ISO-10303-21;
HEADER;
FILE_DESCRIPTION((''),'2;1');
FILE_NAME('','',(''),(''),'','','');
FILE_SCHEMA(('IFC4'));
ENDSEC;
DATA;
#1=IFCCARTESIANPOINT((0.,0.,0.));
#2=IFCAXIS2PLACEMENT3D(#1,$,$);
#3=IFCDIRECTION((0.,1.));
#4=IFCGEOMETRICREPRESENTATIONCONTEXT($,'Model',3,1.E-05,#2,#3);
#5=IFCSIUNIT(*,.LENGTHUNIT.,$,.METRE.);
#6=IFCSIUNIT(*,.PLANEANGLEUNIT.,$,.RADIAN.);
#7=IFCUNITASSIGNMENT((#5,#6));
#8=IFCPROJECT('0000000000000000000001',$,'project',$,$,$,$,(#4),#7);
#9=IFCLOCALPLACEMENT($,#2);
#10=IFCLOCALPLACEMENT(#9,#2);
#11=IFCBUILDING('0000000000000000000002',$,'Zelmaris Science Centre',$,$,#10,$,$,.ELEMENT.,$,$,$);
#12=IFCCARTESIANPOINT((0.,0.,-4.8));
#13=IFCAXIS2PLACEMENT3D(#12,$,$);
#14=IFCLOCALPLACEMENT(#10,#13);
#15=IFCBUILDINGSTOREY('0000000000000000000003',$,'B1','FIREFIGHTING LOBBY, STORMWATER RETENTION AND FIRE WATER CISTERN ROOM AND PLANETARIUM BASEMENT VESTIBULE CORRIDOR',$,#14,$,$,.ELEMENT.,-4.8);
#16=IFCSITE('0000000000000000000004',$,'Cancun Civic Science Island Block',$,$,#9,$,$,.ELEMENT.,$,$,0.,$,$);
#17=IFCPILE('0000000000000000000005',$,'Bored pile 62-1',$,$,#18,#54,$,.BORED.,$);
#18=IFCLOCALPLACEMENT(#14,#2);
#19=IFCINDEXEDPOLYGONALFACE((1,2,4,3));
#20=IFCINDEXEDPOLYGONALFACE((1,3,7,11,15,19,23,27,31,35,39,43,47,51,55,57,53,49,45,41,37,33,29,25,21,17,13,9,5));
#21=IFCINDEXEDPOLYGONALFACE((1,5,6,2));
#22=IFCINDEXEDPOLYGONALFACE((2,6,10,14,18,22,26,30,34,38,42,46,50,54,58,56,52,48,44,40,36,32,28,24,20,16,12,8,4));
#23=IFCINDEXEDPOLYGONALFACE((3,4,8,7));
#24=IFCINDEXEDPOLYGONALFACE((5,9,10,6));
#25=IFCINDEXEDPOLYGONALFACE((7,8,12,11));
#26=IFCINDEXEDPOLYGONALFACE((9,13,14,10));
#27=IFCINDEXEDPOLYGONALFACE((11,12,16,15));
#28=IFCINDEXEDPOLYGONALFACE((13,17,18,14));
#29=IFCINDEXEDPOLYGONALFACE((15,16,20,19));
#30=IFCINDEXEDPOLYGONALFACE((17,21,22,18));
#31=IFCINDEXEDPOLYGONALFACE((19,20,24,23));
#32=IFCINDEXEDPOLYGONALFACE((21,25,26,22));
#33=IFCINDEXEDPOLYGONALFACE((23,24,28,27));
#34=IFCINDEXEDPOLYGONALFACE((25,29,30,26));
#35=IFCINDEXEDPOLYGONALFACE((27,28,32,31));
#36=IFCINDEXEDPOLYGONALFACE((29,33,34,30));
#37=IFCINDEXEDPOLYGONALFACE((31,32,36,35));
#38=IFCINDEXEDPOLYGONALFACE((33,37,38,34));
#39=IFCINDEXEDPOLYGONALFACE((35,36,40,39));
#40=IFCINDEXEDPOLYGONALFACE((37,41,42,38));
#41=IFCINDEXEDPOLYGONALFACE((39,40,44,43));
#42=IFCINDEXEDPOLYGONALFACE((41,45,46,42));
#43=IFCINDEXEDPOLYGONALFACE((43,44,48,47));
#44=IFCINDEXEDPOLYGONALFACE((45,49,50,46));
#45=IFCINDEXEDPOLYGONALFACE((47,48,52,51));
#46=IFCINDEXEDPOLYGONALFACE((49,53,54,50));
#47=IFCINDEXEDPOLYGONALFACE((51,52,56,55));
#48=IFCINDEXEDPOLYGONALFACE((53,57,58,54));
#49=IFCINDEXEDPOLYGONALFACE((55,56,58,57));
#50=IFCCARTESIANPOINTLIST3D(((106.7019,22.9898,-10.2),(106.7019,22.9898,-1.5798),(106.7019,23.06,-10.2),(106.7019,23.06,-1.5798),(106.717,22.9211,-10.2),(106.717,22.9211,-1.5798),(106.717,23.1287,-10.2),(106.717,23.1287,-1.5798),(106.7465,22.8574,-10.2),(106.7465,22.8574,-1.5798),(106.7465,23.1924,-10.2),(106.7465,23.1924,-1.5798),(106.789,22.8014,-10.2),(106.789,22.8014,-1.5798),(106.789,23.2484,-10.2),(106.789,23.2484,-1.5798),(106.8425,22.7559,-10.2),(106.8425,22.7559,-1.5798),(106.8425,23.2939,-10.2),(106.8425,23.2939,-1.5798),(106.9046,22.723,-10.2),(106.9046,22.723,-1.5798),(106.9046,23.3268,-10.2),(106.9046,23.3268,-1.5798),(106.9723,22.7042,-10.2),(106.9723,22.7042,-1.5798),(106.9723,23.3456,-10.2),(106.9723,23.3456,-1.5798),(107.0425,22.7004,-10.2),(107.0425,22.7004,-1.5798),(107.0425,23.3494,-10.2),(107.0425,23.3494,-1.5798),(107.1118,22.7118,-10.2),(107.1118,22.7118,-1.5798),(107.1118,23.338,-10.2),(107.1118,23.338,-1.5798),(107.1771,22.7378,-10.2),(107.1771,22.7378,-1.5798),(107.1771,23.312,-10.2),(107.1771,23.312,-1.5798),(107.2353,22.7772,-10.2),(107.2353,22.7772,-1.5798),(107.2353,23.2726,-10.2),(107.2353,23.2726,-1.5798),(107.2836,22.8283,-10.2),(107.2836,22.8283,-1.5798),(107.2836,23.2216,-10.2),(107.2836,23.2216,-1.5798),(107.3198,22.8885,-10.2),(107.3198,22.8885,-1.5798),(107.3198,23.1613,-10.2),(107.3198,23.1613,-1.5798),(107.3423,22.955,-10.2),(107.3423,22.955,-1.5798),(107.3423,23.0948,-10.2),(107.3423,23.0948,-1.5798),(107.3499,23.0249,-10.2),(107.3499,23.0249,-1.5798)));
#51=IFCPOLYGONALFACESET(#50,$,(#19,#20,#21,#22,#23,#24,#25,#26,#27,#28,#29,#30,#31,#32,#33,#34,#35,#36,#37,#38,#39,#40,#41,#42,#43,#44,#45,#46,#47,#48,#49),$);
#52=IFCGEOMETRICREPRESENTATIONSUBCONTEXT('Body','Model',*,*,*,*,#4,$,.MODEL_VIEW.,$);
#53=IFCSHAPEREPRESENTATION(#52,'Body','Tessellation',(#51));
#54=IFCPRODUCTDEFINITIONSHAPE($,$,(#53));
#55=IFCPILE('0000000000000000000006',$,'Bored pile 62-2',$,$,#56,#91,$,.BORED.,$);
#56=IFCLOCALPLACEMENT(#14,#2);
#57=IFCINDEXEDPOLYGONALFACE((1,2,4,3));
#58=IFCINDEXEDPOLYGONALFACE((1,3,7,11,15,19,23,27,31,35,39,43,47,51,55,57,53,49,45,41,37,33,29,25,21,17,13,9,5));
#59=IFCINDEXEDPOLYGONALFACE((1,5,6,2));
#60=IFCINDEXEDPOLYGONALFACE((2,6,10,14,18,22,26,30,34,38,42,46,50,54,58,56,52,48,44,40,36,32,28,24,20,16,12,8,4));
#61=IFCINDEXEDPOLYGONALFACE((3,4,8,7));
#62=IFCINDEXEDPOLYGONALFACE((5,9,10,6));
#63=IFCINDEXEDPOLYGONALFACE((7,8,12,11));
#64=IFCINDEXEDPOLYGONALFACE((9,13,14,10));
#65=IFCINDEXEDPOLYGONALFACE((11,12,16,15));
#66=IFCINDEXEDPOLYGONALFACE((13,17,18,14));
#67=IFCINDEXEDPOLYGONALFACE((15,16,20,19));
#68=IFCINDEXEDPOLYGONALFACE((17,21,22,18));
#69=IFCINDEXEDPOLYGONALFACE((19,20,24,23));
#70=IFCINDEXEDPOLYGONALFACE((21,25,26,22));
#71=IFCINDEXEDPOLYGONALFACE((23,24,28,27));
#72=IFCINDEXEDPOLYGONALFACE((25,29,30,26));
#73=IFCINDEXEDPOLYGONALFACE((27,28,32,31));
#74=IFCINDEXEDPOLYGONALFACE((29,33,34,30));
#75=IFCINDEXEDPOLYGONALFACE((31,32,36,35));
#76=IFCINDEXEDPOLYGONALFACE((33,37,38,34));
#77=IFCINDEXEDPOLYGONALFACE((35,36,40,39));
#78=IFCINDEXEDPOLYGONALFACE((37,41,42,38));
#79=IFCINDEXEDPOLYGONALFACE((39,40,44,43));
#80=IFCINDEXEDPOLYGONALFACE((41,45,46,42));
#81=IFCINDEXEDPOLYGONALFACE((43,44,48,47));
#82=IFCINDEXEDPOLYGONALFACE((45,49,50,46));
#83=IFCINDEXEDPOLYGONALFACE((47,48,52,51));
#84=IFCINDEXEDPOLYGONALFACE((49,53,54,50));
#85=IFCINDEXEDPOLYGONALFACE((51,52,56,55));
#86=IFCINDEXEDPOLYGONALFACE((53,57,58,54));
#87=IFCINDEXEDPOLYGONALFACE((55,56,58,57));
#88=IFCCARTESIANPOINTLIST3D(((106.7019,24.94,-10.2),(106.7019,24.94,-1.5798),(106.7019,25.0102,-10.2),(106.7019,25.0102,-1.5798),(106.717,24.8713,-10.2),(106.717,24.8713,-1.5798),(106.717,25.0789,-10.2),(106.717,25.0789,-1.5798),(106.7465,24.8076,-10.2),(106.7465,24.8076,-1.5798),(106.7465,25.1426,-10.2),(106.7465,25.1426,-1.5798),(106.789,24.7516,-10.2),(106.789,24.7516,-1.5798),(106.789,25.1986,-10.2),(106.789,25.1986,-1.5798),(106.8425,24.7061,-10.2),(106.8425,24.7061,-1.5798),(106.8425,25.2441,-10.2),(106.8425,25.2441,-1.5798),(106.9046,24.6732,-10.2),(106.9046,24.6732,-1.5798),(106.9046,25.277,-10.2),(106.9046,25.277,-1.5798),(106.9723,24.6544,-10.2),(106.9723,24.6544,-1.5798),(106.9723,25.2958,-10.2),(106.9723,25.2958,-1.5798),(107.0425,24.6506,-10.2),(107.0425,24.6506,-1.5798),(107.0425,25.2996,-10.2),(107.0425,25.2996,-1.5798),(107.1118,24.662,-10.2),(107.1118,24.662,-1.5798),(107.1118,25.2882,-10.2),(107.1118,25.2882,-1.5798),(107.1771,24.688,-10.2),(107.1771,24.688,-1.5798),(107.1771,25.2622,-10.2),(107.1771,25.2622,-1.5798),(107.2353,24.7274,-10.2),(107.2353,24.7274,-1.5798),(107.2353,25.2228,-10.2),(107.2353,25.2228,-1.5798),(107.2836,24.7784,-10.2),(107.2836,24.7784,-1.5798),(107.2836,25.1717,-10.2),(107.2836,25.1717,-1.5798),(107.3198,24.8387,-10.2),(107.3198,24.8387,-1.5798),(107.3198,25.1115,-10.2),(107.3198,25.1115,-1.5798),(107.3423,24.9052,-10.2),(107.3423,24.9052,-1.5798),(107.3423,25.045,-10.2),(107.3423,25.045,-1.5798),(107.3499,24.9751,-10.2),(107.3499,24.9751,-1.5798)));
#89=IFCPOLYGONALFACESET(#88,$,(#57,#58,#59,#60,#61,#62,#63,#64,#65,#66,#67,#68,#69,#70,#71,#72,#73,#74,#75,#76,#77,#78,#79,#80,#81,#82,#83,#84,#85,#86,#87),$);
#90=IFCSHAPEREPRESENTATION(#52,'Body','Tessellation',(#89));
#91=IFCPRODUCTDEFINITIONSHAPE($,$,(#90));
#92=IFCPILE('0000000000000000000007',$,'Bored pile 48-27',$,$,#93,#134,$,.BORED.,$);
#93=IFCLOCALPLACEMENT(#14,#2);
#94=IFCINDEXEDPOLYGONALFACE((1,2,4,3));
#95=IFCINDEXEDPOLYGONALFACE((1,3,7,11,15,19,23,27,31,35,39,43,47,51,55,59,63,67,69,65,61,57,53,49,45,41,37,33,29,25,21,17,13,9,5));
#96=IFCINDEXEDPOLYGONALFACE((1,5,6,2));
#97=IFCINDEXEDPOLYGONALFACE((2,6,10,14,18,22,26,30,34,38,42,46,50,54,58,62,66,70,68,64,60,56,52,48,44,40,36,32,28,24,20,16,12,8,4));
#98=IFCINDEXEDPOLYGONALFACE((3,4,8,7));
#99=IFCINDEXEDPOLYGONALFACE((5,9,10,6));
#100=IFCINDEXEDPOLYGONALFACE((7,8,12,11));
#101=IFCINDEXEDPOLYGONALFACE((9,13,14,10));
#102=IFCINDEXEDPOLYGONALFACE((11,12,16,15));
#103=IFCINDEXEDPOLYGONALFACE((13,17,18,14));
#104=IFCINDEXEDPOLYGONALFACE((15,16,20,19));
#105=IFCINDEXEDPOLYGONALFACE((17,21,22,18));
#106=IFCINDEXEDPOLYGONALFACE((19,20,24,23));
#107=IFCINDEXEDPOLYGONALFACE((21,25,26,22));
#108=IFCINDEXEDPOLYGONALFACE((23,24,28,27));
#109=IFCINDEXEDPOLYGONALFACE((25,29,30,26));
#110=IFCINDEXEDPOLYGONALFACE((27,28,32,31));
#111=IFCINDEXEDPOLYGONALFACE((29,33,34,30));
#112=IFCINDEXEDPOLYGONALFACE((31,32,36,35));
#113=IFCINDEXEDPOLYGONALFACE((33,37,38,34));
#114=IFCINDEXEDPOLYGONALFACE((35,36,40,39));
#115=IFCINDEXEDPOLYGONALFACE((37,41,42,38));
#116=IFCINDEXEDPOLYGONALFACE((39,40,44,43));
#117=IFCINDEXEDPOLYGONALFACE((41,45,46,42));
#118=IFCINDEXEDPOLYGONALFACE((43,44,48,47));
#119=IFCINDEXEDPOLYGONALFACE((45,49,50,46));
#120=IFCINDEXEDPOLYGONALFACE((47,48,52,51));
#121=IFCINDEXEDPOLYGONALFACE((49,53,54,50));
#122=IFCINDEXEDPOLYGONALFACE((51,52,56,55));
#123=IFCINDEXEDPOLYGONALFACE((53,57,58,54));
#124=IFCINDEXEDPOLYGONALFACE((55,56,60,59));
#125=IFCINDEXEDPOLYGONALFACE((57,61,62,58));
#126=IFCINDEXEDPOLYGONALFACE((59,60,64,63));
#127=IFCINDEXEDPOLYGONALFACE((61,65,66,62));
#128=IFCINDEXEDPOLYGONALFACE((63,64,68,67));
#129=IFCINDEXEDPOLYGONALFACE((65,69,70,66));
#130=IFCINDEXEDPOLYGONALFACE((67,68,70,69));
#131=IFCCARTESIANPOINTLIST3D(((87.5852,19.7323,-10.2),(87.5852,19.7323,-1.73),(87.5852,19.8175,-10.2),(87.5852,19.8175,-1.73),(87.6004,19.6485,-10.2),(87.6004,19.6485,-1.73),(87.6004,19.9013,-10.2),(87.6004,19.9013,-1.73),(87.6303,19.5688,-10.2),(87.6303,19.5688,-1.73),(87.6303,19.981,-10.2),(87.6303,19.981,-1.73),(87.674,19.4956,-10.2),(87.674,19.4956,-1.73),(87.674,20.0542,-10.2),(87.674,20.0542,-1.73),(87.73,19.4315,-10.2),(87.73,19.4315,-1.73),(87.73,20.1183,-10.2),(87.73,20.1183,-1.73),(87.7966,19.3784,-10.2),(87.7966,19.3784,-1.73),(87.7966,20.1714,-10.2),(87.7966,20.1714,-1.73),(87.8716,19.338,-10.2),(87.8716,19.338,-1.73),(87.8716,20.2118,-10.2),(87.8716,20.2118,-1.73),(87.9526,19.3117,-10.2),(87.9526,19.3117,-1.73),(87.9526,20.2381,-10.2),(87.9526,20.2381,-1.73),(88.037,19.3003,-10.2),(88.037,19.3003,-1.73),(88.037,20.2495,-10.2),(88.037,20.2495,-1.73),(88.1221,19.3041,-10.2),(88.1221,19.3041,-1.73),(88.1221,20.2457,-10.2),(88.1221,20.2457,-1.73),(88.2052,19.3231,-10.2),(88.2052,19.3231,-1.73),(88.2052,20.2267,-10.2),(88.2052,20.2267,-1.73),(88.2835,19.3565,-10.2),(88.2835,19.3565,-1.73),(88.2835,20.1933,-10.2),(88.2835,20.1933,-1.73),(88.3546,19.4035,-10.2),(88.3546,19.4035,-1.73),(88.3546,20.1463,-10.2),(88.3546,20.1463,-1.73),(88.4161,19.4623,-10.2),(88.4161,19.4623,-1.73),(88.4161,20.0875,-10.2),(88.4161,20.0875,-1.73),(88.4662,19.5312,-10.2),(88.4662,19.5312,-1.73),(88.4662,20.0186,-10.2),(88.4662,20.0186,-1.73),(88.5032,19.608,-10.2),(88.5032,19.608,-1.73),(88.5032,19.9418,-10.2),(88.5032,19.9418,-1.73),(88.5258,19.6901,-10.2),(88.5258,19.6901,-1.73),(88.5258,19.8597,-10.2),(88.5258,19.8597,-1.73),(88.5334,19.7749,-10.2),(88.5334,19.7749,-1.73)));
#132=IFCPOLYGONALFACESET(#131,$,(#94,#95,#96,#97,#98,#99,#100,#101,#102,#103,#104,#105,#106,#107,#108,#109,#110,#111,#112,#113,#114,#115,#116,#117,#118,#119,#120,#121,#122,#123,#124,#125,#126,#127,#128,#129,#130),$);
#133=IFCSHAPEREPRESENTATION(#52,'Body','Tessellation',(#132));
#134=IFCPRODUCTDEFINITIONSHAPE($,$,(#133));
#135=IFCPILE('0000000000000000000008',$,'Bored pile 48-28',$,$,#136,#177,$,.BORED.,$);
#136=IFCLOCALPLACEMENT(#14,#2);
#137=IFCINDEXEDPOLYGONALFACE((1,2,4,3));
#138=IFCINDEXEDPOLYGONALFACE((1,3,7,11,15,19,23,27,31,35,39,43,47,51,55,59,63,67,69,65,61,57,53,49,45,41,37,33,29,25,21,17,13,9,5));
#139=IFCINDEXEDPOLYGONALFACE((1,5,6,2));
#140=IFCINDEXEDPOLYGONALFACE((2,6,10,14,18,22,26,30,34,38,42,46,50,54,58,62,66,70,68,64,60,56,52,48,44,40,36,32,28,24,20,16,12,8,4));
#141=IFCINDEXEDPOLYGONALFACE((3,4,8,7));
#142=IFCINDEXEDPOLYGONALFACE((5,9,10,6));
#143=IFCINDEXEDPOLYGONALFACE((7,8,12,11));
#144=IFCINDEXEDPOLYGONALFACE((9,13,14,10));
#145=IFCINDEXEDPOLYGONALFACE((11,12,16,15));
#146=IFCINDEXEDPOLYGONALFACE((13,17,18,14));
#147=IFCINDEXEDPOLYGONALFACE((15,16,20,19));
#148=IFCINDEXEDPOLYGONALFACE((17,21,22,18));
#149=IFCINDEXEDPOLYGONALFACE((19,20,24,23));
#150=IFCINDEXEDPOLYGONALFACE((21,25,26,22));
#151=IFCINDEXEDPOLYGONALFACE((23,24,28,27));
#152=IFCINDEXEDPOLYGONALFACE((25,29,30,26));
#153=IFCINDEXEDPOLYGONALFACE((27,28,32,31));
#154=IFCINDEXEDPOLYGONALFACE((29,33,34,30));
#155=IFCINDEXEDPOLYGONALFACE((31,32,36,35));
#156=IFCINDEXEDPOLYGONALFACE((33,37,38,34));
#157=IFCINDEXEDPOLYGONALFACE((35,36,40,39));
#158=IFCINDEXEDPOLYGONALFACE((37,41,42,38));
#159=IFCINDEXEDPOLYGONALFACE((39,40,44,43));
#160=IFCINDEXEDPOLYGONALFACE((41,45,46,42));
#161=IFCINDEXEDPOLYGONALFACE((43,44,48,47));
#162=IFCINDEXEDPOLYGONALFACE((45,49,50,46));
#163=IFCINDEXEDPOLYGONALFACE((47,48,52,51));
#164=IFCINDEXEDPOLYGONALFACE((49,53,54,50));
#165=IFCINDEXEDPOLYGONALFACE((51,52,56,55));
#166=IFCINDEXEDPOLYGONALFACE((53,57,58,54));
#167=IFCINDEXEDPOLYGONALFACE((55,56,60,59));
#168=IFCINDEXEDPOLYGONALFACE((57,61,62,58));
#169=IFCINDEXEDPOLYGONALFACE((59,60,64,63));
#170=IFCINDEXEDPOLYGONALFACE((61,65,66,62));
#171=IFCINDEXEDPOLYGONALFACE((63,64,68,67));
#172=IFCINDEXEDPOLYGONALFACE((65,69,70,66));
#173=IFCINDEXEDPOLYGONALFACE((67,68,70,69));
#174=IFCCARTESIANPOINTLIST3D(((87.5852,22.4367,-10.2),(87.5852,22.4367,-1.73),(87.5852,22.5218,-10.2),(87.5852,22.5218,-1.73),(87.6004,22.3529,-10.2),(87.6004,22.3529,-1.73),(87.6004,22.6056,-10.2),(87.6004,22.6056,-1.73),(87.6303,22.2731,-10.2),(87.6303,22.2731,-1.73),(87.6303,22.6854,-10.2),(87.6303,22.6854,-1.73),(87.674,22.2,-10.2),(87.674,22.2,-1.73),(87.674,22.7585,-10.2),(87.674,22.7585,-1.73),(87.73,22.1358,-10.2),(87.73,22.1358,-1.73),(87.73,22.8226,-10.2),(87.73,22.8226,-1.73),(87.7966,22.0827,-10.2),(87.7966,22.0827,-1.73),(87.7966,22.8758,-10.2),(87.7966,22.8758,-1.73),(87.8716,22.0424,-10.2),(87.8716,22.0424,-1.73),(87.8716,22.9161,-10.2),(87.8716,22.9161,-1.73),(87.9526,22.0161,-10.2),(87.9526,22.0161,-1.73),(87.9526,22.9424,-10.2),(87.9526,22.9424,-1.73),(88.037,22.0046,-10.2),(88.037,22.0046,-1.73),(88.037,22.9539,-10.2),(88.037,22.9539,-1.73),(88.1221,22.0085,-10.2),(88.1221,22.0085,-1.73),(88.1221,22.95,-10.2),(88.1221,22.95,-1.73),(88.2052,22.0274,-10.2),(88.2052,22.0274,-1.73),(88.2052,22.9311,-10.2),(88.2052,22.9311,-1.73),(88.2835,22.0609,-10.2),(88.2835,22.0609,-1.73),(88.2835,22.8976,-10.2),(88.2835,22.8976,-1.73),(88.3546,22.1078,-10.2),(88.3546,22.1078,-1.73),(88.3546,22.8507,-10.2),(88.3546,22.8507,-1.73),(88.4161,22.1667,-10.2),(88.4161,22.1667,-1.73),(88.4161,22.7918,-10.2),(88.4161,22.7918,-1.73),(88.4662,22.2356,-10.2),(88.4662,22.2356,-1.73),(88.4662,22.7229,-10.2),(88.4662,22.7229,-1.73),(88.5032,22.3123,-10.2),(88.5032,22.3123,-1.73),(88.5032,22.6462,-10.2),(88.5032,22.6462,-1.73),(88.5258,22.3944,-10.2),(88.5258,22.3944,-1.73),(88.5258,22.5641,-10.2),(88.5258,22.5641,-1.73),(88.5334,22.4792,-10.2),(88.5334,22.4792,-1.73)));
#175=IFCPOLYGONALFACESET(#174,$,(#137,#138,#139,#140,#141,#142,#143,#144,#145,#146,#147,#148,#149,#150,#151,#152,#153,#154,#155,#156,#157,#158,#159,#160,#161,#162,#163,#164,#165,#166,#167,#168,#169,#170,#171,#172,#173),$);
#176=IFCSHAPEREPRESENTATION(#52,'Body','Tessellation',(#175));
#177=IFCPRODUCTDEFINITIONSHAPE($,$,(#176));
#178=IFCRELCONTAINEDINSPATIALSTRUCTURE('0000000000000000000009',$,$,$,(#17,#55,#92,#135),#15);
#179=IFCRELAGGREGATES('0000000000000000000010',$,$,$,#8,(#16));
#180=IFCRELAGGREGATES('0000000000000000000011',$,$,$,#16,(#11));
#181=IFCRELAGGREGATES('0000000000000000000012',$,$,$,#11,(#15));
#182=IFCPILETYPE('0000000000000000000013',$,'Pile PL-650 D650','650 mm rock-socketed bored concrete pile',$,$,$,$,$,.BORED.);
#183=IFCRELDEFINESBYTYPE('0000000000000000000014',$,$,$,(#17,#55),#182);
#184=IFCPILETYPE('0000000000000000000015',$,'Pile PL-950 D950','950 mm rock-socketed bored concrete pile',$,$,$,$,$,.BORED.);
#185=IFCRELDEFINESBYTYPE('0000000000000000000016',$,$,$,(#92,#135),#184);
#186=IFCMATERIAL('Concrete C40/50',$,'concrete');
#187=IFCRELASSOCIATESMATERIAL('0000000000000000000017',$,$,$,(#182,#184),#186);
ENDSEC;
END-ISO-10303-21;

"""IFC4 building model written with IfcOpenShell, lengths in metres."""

from ifc_helpers import new_model, si_unit, direction, frame, origin, origin_2d, place, context, subcontext, project, spatial, circle, extrude, material, material_profile, profile_set, type_object, element, save


model = new_model("IFC4")

# Units and contexts
model_context = context("Model", 3, precision=1e-05, world=origin(), true_north=direction((0.0, 1.0)))
body_context = subcontext(model_context, "Body", "Model", "MODEL_VIEW")
ifc_project = project(units=[si_unit("LENGTHUNIT", "METRE"), si_unit("PLANEANGLEUNIT", "RADIAN")], contexts=[model_context])

# Site, building, storey
site_placement = place(None, origin())
site = spatial("IfcSite", under=ifc_project, at=site_placement, Name="Cancun Civic Science Island Block", CompositionType="ELEMENT", RefElevation=0.0)
building_placement = place(site_placement, origin())
building = spatial("IfcBuilding", under=site, at=building_placement, Name="Zelmaris Science Centre", CompositionType="ELEMENT")
storey_placement = place(building_placement, frame((0.0, 0.0, -4.8)))
storey = spatial("IfcBuildingStorey", under=building, at=storey_placement, Name="B1", Description="FIREFIGHTING LOBBY, STORMWATER RETENTION AND FIRE WATER CISTERN ROOM AND PLANETARIUM BASEMENT VESTIBULE CORRIDOR", CompositionType="ELEMENT", Elevation=-4.8)

# Shared definitions
ifc_material_1 = material(Name="Concrete C40/50", Category="concrete")

# Piles
ifc_material_profile_1 = material_profile(ifc_material_1, circle(Radius=0.325, at=origin_2d()), Name="PILE-650")
ifc_profile_set_1 = profile_set([ifc_material_profile_1], Name="Concrete C40/50")
pile_type_1 = type_object("IfcPileType", Name="Pile PL-650 D650", Description="650 mm rock-socketed bored concrete pile", PredefinedType="BORED", material=ifc_profile_set_1)
for number, where, z_axis, x_axis, name in (
    (1, (107.0249, 23.0249, -1.5798), (0.0, 0.0, -1.0), (1.0, 0.0, 0.0), "Bored pile 62-1"),
    (2, (107.0249, 24.9751, -1.5798), (0.0, 0.0, -1.0), (1.0, 0.0, 0.0), "Bored pile 62-2"),
):
    element("IfcPile", number, at=place(storey_placement, frame(where, z_axis=z_axis, x_axis=x_axis)), inside=storey, type_object=pile_type_1, Name=name, PredefinedType="BORED", context=body_context, shape_type="SweptSolid", body=[
        extrude(circle(Radius=0.325, at=origin_2d()), origin(), (0.0, 0.0, 1.0), 8.6201),
    ])
ifc_material_profile_2 = material_profile(ifc_material_1, circle(Radius=0.4751, at=origin_2d()), Name="PILE-950")
ifc_profile_set_2 = profile_set([ifc_material_profile_2], Name="Concrete C40/50")
pile_type_2 = type_object("IfcPileType", Name="Pile PL-950 D950", Description="950 mm rock-socketed bored concrete pile", PredefinedType="BORED", material=ifc_profile_set_2)
for number, where, z_axis, x_axis, name in (
    (3, (88.0583, 19.7749, -1.73), (0.0, 0.0, -1.0), (1.0, 0.0, 0.0), "Bored pile 48-27"),
    (4, (88.0583, 22.4792, -1.73), (0.0, 0.0, -1.0), (1.0, 0.0, 0.0), "Bored pile 48-28"),
):
    element("IfcPile", number, at=place(storey_placement, frame(where, z_axis=z_axis, x_axis=x_axis)), inside=storey, type_object=pile_type_2, Name=name, PredefinedType="BORED", context=body_context, shape_type="SweptSolid", body=[
        extrude(circle(Radius=0.4751, at=origin_2d()), origin(), (0.0, 0.0, 1.0), 8.47),
    ])

save(model, "model.ifc")
